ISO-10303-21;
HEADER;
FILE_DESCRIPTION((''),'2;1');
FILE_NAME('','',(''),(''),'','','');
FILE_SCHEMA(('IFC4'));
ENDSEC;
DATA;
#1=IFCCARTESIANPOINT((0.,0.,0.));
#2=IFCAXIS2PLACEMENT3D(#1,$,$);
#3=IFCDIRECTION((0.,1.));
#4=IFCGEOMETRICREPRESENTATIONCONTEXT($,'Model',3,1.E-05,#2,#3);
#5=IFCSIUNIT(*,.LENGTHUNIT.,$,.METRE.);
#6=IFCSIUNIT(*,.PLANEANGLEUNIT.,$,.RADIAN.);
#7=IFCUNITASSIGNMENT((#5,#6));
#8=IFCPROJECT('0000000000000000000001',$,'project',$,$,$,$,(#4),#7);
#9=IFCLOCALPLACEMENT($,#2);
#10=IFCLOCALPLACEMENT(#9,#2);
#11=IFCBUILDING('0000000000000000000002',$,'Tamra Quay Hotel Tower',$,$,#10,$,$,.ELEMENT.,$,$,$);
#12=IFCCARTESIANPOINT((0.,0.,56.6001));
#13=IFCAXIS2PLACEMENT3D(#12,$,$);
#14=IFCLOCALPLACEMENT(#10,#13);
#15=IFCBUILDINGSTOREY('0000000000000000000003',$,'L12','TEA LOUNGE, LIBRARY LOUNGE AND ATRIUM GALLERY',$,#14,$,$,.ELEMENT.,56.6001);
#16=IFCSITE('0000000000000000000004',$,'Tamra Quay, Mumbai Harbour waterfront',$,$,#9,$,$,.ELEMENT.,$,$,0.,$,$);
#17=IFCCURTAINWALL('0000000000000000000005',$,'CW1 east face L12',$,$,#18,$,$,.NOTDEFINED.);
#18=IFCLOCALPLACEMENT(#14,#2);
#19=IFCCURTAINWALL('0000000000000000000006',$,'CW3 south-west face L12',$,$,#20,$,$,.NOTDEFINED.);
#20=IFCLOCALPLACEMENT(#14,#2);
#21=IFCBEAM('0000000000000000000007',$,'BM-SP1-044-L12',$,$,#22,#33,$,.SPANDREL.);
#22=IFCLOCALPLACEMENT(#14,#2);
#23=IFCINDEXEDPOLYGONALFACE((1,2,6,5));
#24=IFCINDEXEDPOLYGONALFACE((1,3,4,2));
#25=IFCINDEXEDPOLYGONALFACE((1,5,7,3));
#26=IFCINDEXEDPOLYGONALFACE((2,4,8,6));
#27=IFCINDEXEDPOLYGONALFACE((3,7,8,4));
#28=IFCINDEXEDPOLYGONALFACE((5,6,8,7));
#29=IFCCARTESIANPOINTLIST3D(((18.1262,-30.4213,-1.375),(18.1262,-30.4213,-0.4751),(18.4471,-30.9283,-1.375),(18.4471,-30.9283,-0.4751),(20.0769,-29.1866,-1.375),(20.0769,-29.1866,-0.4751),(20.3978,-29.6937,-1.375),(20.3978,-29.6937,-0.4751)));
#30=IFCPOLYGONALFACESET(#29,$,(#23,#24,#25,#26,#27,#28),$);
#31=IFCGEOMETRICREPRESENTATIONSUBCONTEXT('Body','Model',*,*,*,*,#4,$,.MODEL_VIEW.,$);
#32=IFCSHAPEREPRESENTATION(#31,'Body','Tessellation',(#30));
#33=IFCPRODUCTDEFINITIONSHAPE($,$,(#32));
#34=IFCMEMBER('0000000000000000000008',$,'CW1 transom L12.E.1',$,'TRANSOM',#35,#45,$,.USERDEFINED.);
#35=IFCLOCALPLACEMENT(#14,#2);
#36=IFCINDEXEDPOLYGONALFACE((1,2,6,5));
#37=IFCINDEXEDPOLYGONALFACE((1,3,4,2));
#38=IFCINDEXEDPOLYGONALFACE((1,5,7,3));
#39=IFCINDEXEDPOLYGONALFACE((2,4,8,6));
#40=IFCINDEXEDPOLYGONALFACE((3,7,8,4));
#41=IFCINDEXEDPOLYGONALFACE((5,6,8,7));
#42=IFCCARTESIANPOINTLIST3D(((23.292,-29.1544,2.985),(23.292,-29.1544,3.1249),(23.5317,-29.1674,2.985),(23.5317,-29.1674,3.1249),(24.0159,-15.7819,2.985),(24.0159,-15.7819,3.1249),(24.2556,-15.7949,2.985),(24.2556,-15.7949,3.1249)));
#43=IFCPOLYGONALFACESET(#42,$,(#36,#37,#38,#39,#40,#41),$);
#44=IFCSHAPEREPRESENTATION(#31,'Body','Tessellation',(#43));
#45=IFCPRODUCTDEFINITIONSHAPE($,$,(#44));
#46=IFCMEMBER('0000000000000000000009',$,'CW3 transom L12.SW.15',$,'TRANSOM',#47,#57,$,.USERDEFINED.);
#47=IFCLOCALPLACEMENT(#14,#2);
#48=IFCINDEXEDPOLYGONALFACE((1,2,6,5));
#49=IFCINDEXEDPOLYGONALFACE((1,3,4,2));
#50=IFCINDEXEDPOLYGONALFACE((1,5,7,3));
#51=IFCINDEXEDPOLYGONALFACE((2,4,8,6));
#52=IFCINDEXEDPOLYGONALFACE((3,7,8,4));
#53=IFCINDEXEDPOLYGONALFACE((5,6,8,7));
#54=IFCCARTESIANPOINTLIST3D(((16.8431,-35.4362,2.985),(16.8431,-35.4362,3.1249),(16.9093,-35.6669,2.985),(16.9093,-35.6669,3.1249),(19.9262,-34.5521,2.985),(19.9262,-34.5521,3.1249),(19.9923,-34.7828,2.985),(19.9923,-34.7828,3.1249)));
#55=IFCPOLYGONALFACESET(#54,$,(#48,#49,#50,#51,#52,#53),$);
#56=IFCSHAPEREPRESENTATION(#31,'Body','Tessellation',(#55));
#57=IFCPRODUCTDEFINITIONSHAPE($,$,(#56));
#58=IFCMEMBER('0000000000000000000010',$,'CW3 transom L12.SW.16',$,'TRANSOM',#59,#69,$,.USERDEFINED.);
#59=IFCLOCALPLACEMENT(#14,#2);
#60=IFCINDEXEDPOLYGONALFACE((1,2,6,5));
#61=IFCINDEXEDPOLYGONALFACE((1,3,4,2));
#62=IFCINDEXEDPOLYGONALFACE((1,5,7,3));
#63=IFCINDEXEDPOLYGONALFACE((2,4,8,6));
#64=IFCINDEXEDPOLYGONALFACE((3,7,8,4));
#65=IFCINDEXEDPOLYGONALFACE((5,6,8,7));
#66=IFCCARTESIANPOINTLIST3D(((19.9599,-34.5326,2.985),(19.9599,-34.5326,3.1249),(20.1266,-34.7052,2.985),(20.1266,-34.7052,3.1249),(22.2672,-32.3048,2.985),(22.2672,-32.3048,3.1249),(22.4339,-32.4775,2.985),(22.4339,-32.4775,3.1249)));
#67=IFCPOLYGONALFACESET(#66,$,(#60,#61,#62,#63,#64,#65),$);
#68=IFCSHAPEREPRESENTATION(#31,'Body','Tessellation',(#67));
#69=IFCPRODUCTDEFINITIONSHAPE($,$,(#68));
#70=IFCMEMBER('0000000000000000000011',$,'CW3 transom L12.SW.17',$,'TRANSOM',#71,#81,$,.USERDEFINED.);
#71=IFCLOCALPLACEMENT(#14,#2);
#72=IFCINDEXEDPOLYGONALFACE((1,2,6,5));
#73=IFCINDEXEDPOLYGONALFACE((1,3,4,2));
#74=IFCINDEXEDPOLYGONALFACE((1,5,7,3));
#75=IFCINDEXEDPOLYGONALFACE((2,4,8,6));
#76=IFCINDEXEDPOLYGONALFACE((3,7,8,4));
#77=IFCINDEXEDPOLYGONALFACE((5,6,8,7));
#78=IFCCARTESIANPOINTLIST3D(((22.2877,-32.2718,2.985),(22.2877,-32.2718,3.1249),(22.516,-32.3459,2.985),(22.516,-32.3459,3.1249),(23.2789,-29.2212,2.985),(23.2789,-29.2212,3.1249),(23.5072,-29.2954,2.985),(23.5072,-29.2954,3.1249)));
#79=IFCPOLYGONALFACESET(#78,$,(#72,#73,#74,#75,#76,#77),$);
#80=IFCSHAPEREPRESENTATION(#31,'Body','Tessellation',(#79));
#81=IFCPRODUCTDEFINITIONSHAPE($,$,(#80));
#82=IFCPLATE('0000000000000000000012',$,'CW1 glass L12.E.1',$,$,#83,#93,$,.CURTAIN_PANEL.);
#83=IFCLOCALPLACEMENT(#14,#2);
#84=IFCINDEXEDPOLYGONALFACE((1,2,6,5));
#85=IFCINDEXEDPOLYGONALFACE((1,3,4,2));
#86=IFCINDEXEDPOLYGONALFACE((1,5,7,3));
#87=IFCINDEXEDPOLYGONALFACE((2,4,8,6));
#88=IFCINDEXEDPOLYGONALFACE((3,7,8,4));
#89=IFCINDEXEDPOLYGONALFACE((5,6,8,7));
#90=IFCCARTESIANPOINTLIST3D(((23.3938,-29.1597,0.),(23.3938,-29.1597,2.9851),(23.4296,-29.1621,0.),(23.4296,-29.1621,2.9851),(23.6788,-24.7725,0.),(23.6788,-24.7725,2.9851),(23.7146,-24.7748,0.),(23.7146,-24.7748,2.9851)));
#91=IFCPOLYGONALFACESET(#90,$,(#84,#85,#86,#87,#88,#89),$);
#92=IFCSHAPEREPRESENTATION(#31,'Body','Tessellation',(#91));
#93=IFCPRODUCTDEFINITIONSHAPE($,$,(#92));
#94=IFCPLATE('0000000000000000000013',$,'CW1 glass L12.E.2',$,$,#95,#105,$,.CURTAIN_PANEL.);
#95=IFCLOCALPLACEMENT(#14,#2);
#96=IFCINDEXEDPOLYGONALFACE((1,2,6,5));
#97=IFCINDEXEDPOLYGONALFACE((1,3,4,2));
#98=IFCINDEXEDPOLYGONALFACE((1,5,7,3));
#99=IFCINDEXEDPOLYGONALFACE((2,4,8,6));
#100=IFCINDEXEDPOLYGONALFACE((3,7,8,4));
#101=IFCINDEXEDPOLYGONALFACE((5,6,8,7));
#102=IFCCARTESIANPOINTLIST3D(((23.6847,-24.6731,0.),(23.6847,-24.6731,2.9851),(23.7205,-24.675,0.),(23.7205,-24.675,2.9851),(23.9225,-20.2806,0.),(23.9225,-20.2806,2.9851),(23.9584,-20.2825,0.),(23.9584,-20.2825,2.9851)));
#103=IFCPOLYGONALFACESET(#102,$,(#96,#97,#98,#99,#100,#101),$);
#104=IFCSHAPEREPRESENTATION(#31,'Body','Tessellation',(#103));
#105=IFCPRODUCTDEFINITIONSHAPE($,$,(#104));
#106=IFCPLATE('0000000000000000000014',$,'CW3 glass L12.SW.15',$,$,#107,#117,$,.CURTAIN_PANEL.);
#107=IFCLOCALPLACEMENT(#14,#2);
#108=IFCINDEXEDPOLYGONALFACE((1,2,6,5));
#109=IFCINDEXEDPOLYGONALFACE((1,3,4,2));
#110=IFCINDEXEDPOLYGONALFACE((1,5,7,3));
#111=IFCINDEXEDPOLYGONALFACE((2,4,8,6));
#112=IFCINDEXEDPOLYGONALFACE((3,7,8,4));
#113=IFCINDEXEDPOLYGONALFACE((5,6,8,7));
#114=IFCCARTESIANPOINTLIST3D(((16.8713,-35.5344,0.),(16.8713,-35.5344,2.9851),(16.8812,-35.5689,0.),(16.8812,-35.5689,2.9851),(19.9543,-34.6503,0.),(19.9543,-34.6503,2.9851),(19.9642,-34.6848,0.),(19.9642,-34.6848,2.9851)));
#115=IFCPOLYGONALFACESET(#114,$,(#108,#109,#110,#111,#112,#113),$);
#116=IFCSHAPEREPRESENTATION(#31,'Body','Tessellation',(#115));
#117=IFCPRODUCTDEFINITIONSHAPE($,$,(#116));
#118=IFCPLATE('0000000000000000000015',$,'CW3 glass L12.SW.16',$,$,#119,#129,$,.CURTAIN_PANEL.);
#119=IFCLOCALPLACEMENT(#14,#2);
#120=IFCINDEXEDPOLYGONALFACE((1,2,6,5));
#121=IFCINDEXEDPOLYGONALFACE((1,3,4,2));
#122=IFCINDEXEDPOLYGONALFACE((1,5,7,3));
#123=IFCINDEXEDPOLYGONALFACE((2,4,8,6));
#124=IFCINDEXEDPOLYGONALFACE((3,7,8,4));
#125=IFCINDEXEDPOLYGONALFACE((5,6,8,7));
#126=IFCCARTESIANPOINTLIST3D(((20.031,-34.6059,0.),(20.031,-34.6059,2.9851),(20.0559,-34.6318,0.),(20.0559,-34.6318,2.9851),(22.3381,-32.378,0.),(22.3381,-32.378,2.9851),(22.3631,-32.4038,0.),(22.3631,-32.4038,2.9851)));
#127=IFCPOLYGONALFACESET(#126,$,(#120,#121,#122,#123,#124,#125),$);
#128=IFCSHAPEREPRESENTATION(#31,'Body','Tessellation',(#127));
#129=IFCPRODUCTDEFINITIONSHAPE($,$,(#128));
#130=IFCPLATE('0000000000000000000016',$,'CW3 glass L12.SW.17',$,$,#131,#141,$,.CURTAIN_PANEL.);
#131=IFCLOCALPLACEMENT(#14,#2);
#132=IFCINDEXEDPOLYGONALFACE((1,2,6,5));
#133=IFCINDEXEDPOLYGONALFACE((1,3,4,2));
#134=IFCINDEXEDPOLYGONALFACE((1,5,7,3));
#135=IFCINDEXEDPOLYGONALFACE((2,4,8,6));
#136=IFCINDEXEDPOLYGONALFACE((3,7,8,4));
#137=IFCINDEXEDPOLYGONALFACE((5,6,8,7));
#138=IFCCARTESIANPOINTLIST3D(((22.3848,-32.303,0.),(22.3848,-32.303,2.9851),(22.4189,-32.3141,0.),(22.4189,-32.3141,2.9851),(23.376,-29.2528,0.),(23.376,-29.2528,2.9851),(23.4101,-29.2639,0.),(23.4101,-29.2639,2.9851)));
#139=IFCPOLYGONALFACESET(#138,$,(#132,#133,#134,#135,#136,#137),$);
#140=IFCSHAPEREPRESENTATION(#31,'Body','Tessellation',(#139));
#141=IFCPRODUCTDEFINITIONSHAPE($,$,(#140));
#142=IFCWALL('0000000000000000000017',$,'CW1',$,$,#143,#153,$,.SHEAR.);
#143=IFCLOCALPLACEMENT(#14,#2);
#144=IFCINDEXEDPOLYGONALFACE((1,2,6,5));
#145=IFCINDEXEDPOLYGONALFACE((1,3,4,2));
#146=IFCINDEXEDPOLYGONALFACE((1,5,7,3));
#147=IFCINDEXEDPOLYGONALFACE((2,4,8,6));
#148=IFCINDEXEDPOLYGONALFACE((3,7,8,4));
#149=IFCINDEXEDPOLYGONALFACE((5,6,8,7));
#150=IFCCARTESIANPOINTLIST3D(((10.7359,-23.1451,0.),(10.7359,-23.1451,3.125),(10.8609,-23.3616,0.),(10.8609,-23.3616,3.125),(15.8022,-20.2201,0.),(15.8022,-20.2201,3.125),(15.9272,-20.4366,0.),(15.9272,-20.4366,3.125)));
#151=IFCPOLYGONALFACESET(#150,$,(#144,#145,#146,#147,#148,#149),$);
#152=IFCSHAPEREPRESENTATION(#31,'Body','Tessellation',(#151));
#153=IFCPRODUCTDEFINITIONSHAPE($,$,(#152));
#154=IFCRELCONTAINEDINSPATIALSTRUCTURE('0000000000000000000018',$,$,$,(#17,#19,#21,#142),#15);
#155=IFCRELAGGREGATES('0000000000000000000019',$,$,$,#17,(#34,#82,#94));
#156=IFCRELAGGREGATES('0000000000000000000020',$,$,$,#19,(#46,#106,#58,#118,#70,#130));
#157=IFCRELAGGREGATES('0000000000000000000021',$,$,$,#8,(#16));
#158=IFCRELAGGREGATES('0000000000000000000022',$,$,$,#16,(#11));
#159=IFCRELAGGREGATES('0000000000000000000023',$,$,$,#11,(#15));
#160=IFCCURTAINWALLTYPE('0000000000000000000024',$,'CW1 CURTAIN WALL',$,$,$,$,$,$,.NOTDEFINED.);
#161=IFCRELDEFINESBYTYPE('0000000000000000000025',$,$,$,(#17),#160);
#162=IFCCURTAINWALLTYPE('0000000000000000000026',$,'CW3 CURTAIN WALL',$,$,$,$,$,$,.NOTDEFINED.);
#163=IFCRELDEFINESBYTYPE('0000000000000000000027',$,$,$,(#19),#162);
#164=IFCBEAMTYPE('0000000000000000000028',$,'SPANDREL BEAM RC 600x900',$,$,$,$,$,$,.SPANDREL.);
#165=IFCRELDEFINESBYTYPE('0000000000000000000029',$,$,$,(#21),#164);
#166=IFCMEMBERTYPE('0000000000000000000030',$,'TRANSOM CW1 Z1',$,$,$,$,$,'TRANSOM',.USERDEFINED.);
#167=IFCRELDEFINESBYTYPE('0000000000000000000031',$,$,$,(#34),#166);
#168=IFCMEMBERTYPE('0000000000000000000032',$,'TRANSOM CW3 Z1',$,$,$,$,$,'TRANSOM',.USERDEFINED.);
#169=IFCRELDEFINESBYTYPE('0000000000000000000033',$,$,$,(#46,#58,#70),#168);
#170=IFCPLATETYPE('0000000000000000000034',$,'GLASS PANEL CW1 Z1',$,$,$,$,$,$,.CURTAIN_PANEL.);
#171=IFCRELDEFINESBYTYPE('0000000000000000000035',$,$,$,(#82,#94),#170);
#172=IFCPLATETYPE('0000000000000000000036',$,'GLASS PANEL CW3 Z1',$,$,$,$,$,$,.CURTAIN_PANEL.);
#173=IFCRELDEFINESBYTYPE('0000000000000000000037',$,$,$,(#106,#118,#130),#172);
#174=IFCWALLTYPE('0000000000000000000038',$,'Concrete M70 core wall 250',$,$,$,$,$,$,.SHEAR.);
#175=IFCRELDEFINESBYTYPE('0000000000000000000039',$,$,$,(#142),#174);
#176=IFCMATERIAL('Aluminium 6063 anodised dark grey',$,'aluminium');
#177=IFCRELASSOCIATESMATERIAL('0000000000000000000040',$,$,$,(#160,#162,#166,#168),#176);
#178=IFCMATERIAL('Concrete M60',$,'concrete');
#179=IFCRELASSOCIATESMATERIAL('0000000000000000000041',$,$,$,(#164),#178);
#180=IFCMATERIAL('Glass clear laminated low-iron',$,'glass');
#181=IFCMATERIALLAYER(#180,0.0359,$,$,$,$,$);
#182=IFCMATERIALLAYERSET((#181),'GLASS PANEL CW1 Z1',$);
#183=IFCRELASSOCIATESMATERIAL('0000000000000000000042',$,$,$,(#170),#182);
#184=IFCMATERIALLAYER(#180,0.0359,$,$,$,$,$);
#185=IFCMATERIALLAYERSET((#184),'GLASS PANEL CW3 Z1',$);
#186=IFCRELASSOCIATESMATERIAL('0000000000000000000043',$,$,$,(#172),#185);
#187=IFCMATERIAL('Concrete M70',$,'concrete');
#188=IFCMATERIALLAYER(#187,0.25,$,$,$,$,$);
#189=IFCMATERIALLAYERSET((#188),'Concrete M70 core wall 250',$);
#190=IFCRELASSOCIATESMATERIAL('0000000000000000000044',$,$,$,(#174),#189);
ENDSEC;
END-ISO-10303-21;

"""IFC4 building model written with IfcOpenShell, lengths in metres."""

from ifc_helpers import new_model, si_unit, direction, frame, frame_2d, origin, origin_2d, place, context, subcontext, project, spatial, rectangle, extrude, material, layer, layer_set, material_profile, profile_set, type_object, element, aggregate, save


model = new_model("IFC4")

# Units and contexts
model_context = context("Model", 3, precision=1e-05, world=origin(), true_north=direction((0.0, 1.0)))
body_context = subcontext(model_context, "Body", "Model", "MODEL_VIEW")
ifc_project = project(units=[si_unit("LENGTHUNIT", "METRE"), si_unit("PLANEANGLEUNIT", "RADIAN")], contexts=[model_context])

# Site, building, storey
site_placement = place(None, origin())
site = spatial("IfcSite", under=ifc_project, at=site_placement, Name="Tamra Quay, Mumbai Harbour waterfront", CompositionType="ELEMENT", RefElevation=0.0)
building_placement = place(site_placement, origin())
building = spatial("IfcBuilding", under=site, at=building_placement, Name="Tamra Quay Hotel Tower", CompositionType="ELEMENT")
storey_placement = place(building_placement, frame((0.0, 0.0, 56.6001)))
storey = spatial("IfcBuildingStorey", under=building, at=storey_placement, Name="L12", Description="TEA LOUNGE, LIBRARY LOUNGE AND ATRIUM GALLERY", CompositionType="ELEMENT", Elevation=56.6001)

# Shared definitions
ifc_material_1 = material(Name="Concrete M70", Category="concrete")

# Curtain walls
ifc_material_2 = material(Name="Aluminium 6063 anodised dark grey", Category="aluminium")
curtain_wall_type_1 = type_object("IfcCurtainWallType", Name="CW1 CURTAIN WALL", PredefinedType="NOTDEFINED", material=ifc_material_2)
curtain_wall_1_placement = place(storey_placement, origin())
curtain_wall_1 = element("IfcCurtainWall", 1, at=curtain_wall_1_placement, inside=storey, type_object=curtain_wall_type_1, Name="CW1 east face L12", PredefinedType="NOTDEFINED")
curtain_wall_type_2 = type_object("IfcCurtainWallType", Name="CW3 CURTAIN WALL", PredefinedType="NOTDEFINED", material=ifc_material_2)
curtain_wall_2_placement = place(storey_placement, origin())
curtain_wall_2 = element("IfcCurtainWall", 2, at=curtain_wall_2_placement, inside=storey, type_object=curtain_wall_type_2, Name="CW3 south-west face L12", PredefinedType="NOTDEFINED")

# Beam
ifc_material_3 = material(Name="Concrete M60", Category="concrete")
ifc_material_profile_1 = material_profile(ifc_material_3, rectangle(XDim=0.6001, YDim=0.8999, at=origin_2d()), Name="SPANDREL BEAM RC 600x900")
ifc_profile_set_1 = profile_set([ifc_material_profile_1], Name="Concrete M60")
beam_type = type_object("IfcBeamType", Name="SPANDREL BEAM RC 600x900", PredefinedType="SPANDREL", material=ifc_profile_set_1)
beam_1_placement = place(storey_placement, frame((18.2866, -30.6748, -0.925), z_axis=(0.844978, 0.5348, 0.0), x_axis=(-0.5348, 0.844978, 0.0)))
element("IfcBeam", 3, at=beam_1_placement, inside=storey, type_object=beam_type, Name="BM-SP1-044-L12", PredefinedType="SPANDREL", context=body_context, shape_type="SweptSolid", body=[
    extrude(rectangle(XDim=0.6001, YDim=0.8999, at=origin_2d()), origin(), (0.0, 0.0, 1.0), 2.3086),
])

# Members
ifc_material_profile_2 = material_profile(ifc_material_2, rectangle(XDim=0.24, YDim=0.1399, at=origin_2d()), Name="TRANSOM 240X140")
ifc_profile_set_2 = profile_set([ifc_material_profile_2], Name="Aluminium 6063 anodised dark grey")
member_type_1 = type_object("IfcMemberType", Name="TRANSOM CW1 Z1", ElementType="TRANSOM", PredefinedType="USERDEFINED", material=ifc_profile_set_2)
member_1_placement = place(storey_placement, frame((23.4119, -29.1609, 3.0549), z_axis=(0.054052, 0.998538, 0.0), x_axis=(-0.998538, 0.054052, 0.0)))
member_1 = element("IfcMember", 4, at=member_1_placement, type_object=member_type_1, Name="CW1 transom L12.E.1", ObjectType="TRANSOM", PredefinedType="USERDEFINED", context=body_context, shape_type="SweptSolid", body=[
    extrude(rectangle(XDim=0.24, YDim=0.1399, at=origin_2d()), origin(), (0.0, 0.0, 1.0), 13.3921),
])
ifc_material_profile_3 = material_profile(ifc_material_2, rectangle(XDim=0.24, YDim=0.1399, at=origin_2d()), Name="TRANSOM 240X140")
ifc_profile_set_3 = profile_set([ifc_material_profile_3], Name="Aluminium 6063 anodised dark grey")
member_type_2 = type_object("IfcMemberType", Name="TRANSOM CW3 Z1", ElementType="TRANSOM", PredefinedType="USERDEFINED", material=ifc_profile_set_3)
member_2_placement = place(storey_placement, frame((16.8762, -35.5515, 3.0549), z_axis=(0.961262, 0.275636, 0.0), x_axis=(-0.275636, 0.961262, 0.0)))
member_2 = element("IfcMember", 5, at=member_2_placement, type_object=member_type_2, Name="CW3 transom L12.SW.15", ObjectType="TRANSOM", PredefinedType="USERDEFINED", context=body_context, shape_type="SweptSolid", body=[
    extrude(rectangle(XDim=0.24, YDim=0.1399, at=origin_2d()), origin(), (0.0, 0.0, 1.0), 3.2073),
])
member_3_placement = place(storey_placement, frame((20.0432, -34.6189, 3.0549), z_axis=(0.719405, 0.69459, 0.0), x_axis=(-0.69459, 0.719405, 0.0)))
member_3 = element("IfcMember", 6, at=member_3_placement, type_object=member_type_2, Name="CW3 transom L12.SW.16", ObjectType="TRANSOM", PredefinedType="USERDEFINED", context=body_context, shape_type="SweptSolid", body=[
    extrude(rectangle(XDim=0.24, YDim=0.1399, at=origin_2d()), origin(), (0.0, 0.0, 1.0), 3.2073),
])
member_4_placement = place(storey_placement, frame((22.4019, -32.3088, 3.0549), z_axis=(0.309026, 0.951054, 0.0), x_axis=(-0.951054, 0.309026, 0.0)))
member_4 = element("IfcMember", 7, at=member_4_placement, type_object=member_type_2, Name="CW3 transom L12.SW.17", ObjectType="TRANSOM", PredefinedType="USERDEFINED", context=body_context, shape_type="SweptSolid", body=[
    extrude(rectangle(XDim=0.24, YDim=0.1399, at=origin_2d()), origin(), (0.0, 0.0, 1.0), 3.2075),
])

# Plates
ifc_material_4 = material(Name="Glass clear laminated low-iron", Category="glass")
ifc_layer_1 = layer(ifc_material_4, 0.0359)
ifc_layer_set_1 = layer_set([ifc_layer_1], Name="GLASS PANEL CW1 Z1")
plate_type_1 = type_object("IfcPlateType", Name="GLASS PANEL CW1 Z1", PredefinedType="CURTAIN_PANEL", material=ifc_layer_set_1)
plate_1_placement = place(storey_placement, frame((23.5542, -26.9673, 0.0), z_axis=(0.0, 0.0, 1.0), x_axis=(0.064813, 0.997897, 0.0)))
plate_1 = element("IfcPlate", 8, at=plate_1_placement, type_object=plate_type_1, Name="CW1 glass L12.E.1", PredefinedType="CURTAIN_PANEL", context=body_context, shape_type="SweptSolid", body=[
    extrude(rectangle(XDim=4.3965, YDim=0.0359, at=origin_2d()), origin(), (0.0, 0.0, 1.0), 2.9851),
])
plate_2_placement = place(storey_placement, frame((23.8215, -22.4778, 0.0), z_axis=(0.0, 0.0, 1.0), x_axis=(0.054062, 0.998538, 0.0)))
plate_2 = element("IfcPlate", 9, at=plate_2_placement, type_object=plate_type_1, Name="CW1 glass L12.E.2", PredefinedType="CURTAIN_PANEL", context=body_context, shape_type="SweptSolid", body=[
    extrude(rectangle(XDim=4.3989, YDim=0.0359, at=origin_2d()), origin(), (0.0, 0.0, 1.0), 2.9851),
])
aggregate(curtain_wall_1, [member_1, plate_1, plate_2])
ifc_layer_2 = layer(ifc_material_4, 0.0359)
ifc_layer_set_2 = layer_set([ifc_layer_2], Name="GLASS PANEL CW3 Z1")
plate_type_2 = type_object("IfcPlateType", Name="GLASS PANEL CW3 Z1", PredefinedType="CURTAIN_PANEL", material=ifc_layer_set_2)
plate_3_placement = place(storey_placement, frame((18.4177, -35.1096, 0.0), z_axis=(0.0, 0.0, 1.0), x_axis=(0.961259, 0.275645, 0.0)))
plate_3 = element("IfcPlate", 10, at=plate_3_placement, type_object=plate_type_2, Name="CW3 glass L12.SW.15", PredefinedType="CURTAIN_PANEL", context=body_context, shape_type="SweptSolid", body=[
    extrude(rectangle(XDim=3.2073, YDim=0.0359, at=origin_2d()), origin(), (0.0, 0.0, 1.0), 2.9851),
])
plate_4_placement = place(storey_placement, frame((21.197, -33.5049, 0.0), z_axis=(0.0, 0.0, 1.0), x_axis=(0.719346, 0.694652, 0.0)))
plate_4 = element("IfcPlate", 11, at=plate_4_placement, type_object=plate_type_2, Name="CW3 glass L12.SW.16", PredefinedType="CURTAIN_PANEL", context=body_context, shape_type="SweptSolid", body=[
    extrude(rectangle(XDim=3.2073, YDim=0.0359, at=origin_2d()), origin(), (0.0, 0.0, 1.0), 2.9851),
])
plate_5_placement = place(storey_placement, frame((22.8975, -30.7834, 0.0), z_axis=(0.0, 0.0, 1.0), x_axis=(0.309041, 0.951049, 0.0)))
plate_5 = element("IfcPlate", 12, at=plate_5_placement, type_object=plate_type_2, Name="CW3 glass L12.SW.17", PredefinedType="CURTAIN_PANEL", context=body_context, shape_type="SweptSolid", body=[
    extrude(rectangle(XDim=3.2073, YDim=0.0359, at=origin_2d()), origin(), (0.0, 0.0, 1.0), 2.9851),
])
aggregate(curtain_wall_2, [member_2, plate_3, member_3, plate_4, member_4, plate_5])

# Wall
ifc_layer_3 = layer(ifc_material_1, 0.25)
ifc_layer_set_3 = layer_set([ifc_layer_3], Name="Concrete M70 core wall 250")
wall_type = type_object("IfcWallType", Name="Concrete M70 core wall 250", PredefinedType="SHEAR", material=ifc_layer_set_3)
wall_placement = place(storey_placement, frame((15.8647, -20.3284, 0.0), z_axis=(0.0, 0.0, 1.0), x_axis=(-0.866029, -0.499995, 0.0)))
element("IfcWall", 13, at=wall_placement, inside=storey, type_object=wall_type, Name="CW1", PredefinedType="SHEAR", context=body_context, shape_type="SweptSolid", body=[
    extrude(rectangle(XDim=5.8501, YDim=0.25, at=frame_2d((2.925, 0.0))), origin(), (0.0, 0.0, 1.0), 3.125),
])

save(model, "model.ifc")
